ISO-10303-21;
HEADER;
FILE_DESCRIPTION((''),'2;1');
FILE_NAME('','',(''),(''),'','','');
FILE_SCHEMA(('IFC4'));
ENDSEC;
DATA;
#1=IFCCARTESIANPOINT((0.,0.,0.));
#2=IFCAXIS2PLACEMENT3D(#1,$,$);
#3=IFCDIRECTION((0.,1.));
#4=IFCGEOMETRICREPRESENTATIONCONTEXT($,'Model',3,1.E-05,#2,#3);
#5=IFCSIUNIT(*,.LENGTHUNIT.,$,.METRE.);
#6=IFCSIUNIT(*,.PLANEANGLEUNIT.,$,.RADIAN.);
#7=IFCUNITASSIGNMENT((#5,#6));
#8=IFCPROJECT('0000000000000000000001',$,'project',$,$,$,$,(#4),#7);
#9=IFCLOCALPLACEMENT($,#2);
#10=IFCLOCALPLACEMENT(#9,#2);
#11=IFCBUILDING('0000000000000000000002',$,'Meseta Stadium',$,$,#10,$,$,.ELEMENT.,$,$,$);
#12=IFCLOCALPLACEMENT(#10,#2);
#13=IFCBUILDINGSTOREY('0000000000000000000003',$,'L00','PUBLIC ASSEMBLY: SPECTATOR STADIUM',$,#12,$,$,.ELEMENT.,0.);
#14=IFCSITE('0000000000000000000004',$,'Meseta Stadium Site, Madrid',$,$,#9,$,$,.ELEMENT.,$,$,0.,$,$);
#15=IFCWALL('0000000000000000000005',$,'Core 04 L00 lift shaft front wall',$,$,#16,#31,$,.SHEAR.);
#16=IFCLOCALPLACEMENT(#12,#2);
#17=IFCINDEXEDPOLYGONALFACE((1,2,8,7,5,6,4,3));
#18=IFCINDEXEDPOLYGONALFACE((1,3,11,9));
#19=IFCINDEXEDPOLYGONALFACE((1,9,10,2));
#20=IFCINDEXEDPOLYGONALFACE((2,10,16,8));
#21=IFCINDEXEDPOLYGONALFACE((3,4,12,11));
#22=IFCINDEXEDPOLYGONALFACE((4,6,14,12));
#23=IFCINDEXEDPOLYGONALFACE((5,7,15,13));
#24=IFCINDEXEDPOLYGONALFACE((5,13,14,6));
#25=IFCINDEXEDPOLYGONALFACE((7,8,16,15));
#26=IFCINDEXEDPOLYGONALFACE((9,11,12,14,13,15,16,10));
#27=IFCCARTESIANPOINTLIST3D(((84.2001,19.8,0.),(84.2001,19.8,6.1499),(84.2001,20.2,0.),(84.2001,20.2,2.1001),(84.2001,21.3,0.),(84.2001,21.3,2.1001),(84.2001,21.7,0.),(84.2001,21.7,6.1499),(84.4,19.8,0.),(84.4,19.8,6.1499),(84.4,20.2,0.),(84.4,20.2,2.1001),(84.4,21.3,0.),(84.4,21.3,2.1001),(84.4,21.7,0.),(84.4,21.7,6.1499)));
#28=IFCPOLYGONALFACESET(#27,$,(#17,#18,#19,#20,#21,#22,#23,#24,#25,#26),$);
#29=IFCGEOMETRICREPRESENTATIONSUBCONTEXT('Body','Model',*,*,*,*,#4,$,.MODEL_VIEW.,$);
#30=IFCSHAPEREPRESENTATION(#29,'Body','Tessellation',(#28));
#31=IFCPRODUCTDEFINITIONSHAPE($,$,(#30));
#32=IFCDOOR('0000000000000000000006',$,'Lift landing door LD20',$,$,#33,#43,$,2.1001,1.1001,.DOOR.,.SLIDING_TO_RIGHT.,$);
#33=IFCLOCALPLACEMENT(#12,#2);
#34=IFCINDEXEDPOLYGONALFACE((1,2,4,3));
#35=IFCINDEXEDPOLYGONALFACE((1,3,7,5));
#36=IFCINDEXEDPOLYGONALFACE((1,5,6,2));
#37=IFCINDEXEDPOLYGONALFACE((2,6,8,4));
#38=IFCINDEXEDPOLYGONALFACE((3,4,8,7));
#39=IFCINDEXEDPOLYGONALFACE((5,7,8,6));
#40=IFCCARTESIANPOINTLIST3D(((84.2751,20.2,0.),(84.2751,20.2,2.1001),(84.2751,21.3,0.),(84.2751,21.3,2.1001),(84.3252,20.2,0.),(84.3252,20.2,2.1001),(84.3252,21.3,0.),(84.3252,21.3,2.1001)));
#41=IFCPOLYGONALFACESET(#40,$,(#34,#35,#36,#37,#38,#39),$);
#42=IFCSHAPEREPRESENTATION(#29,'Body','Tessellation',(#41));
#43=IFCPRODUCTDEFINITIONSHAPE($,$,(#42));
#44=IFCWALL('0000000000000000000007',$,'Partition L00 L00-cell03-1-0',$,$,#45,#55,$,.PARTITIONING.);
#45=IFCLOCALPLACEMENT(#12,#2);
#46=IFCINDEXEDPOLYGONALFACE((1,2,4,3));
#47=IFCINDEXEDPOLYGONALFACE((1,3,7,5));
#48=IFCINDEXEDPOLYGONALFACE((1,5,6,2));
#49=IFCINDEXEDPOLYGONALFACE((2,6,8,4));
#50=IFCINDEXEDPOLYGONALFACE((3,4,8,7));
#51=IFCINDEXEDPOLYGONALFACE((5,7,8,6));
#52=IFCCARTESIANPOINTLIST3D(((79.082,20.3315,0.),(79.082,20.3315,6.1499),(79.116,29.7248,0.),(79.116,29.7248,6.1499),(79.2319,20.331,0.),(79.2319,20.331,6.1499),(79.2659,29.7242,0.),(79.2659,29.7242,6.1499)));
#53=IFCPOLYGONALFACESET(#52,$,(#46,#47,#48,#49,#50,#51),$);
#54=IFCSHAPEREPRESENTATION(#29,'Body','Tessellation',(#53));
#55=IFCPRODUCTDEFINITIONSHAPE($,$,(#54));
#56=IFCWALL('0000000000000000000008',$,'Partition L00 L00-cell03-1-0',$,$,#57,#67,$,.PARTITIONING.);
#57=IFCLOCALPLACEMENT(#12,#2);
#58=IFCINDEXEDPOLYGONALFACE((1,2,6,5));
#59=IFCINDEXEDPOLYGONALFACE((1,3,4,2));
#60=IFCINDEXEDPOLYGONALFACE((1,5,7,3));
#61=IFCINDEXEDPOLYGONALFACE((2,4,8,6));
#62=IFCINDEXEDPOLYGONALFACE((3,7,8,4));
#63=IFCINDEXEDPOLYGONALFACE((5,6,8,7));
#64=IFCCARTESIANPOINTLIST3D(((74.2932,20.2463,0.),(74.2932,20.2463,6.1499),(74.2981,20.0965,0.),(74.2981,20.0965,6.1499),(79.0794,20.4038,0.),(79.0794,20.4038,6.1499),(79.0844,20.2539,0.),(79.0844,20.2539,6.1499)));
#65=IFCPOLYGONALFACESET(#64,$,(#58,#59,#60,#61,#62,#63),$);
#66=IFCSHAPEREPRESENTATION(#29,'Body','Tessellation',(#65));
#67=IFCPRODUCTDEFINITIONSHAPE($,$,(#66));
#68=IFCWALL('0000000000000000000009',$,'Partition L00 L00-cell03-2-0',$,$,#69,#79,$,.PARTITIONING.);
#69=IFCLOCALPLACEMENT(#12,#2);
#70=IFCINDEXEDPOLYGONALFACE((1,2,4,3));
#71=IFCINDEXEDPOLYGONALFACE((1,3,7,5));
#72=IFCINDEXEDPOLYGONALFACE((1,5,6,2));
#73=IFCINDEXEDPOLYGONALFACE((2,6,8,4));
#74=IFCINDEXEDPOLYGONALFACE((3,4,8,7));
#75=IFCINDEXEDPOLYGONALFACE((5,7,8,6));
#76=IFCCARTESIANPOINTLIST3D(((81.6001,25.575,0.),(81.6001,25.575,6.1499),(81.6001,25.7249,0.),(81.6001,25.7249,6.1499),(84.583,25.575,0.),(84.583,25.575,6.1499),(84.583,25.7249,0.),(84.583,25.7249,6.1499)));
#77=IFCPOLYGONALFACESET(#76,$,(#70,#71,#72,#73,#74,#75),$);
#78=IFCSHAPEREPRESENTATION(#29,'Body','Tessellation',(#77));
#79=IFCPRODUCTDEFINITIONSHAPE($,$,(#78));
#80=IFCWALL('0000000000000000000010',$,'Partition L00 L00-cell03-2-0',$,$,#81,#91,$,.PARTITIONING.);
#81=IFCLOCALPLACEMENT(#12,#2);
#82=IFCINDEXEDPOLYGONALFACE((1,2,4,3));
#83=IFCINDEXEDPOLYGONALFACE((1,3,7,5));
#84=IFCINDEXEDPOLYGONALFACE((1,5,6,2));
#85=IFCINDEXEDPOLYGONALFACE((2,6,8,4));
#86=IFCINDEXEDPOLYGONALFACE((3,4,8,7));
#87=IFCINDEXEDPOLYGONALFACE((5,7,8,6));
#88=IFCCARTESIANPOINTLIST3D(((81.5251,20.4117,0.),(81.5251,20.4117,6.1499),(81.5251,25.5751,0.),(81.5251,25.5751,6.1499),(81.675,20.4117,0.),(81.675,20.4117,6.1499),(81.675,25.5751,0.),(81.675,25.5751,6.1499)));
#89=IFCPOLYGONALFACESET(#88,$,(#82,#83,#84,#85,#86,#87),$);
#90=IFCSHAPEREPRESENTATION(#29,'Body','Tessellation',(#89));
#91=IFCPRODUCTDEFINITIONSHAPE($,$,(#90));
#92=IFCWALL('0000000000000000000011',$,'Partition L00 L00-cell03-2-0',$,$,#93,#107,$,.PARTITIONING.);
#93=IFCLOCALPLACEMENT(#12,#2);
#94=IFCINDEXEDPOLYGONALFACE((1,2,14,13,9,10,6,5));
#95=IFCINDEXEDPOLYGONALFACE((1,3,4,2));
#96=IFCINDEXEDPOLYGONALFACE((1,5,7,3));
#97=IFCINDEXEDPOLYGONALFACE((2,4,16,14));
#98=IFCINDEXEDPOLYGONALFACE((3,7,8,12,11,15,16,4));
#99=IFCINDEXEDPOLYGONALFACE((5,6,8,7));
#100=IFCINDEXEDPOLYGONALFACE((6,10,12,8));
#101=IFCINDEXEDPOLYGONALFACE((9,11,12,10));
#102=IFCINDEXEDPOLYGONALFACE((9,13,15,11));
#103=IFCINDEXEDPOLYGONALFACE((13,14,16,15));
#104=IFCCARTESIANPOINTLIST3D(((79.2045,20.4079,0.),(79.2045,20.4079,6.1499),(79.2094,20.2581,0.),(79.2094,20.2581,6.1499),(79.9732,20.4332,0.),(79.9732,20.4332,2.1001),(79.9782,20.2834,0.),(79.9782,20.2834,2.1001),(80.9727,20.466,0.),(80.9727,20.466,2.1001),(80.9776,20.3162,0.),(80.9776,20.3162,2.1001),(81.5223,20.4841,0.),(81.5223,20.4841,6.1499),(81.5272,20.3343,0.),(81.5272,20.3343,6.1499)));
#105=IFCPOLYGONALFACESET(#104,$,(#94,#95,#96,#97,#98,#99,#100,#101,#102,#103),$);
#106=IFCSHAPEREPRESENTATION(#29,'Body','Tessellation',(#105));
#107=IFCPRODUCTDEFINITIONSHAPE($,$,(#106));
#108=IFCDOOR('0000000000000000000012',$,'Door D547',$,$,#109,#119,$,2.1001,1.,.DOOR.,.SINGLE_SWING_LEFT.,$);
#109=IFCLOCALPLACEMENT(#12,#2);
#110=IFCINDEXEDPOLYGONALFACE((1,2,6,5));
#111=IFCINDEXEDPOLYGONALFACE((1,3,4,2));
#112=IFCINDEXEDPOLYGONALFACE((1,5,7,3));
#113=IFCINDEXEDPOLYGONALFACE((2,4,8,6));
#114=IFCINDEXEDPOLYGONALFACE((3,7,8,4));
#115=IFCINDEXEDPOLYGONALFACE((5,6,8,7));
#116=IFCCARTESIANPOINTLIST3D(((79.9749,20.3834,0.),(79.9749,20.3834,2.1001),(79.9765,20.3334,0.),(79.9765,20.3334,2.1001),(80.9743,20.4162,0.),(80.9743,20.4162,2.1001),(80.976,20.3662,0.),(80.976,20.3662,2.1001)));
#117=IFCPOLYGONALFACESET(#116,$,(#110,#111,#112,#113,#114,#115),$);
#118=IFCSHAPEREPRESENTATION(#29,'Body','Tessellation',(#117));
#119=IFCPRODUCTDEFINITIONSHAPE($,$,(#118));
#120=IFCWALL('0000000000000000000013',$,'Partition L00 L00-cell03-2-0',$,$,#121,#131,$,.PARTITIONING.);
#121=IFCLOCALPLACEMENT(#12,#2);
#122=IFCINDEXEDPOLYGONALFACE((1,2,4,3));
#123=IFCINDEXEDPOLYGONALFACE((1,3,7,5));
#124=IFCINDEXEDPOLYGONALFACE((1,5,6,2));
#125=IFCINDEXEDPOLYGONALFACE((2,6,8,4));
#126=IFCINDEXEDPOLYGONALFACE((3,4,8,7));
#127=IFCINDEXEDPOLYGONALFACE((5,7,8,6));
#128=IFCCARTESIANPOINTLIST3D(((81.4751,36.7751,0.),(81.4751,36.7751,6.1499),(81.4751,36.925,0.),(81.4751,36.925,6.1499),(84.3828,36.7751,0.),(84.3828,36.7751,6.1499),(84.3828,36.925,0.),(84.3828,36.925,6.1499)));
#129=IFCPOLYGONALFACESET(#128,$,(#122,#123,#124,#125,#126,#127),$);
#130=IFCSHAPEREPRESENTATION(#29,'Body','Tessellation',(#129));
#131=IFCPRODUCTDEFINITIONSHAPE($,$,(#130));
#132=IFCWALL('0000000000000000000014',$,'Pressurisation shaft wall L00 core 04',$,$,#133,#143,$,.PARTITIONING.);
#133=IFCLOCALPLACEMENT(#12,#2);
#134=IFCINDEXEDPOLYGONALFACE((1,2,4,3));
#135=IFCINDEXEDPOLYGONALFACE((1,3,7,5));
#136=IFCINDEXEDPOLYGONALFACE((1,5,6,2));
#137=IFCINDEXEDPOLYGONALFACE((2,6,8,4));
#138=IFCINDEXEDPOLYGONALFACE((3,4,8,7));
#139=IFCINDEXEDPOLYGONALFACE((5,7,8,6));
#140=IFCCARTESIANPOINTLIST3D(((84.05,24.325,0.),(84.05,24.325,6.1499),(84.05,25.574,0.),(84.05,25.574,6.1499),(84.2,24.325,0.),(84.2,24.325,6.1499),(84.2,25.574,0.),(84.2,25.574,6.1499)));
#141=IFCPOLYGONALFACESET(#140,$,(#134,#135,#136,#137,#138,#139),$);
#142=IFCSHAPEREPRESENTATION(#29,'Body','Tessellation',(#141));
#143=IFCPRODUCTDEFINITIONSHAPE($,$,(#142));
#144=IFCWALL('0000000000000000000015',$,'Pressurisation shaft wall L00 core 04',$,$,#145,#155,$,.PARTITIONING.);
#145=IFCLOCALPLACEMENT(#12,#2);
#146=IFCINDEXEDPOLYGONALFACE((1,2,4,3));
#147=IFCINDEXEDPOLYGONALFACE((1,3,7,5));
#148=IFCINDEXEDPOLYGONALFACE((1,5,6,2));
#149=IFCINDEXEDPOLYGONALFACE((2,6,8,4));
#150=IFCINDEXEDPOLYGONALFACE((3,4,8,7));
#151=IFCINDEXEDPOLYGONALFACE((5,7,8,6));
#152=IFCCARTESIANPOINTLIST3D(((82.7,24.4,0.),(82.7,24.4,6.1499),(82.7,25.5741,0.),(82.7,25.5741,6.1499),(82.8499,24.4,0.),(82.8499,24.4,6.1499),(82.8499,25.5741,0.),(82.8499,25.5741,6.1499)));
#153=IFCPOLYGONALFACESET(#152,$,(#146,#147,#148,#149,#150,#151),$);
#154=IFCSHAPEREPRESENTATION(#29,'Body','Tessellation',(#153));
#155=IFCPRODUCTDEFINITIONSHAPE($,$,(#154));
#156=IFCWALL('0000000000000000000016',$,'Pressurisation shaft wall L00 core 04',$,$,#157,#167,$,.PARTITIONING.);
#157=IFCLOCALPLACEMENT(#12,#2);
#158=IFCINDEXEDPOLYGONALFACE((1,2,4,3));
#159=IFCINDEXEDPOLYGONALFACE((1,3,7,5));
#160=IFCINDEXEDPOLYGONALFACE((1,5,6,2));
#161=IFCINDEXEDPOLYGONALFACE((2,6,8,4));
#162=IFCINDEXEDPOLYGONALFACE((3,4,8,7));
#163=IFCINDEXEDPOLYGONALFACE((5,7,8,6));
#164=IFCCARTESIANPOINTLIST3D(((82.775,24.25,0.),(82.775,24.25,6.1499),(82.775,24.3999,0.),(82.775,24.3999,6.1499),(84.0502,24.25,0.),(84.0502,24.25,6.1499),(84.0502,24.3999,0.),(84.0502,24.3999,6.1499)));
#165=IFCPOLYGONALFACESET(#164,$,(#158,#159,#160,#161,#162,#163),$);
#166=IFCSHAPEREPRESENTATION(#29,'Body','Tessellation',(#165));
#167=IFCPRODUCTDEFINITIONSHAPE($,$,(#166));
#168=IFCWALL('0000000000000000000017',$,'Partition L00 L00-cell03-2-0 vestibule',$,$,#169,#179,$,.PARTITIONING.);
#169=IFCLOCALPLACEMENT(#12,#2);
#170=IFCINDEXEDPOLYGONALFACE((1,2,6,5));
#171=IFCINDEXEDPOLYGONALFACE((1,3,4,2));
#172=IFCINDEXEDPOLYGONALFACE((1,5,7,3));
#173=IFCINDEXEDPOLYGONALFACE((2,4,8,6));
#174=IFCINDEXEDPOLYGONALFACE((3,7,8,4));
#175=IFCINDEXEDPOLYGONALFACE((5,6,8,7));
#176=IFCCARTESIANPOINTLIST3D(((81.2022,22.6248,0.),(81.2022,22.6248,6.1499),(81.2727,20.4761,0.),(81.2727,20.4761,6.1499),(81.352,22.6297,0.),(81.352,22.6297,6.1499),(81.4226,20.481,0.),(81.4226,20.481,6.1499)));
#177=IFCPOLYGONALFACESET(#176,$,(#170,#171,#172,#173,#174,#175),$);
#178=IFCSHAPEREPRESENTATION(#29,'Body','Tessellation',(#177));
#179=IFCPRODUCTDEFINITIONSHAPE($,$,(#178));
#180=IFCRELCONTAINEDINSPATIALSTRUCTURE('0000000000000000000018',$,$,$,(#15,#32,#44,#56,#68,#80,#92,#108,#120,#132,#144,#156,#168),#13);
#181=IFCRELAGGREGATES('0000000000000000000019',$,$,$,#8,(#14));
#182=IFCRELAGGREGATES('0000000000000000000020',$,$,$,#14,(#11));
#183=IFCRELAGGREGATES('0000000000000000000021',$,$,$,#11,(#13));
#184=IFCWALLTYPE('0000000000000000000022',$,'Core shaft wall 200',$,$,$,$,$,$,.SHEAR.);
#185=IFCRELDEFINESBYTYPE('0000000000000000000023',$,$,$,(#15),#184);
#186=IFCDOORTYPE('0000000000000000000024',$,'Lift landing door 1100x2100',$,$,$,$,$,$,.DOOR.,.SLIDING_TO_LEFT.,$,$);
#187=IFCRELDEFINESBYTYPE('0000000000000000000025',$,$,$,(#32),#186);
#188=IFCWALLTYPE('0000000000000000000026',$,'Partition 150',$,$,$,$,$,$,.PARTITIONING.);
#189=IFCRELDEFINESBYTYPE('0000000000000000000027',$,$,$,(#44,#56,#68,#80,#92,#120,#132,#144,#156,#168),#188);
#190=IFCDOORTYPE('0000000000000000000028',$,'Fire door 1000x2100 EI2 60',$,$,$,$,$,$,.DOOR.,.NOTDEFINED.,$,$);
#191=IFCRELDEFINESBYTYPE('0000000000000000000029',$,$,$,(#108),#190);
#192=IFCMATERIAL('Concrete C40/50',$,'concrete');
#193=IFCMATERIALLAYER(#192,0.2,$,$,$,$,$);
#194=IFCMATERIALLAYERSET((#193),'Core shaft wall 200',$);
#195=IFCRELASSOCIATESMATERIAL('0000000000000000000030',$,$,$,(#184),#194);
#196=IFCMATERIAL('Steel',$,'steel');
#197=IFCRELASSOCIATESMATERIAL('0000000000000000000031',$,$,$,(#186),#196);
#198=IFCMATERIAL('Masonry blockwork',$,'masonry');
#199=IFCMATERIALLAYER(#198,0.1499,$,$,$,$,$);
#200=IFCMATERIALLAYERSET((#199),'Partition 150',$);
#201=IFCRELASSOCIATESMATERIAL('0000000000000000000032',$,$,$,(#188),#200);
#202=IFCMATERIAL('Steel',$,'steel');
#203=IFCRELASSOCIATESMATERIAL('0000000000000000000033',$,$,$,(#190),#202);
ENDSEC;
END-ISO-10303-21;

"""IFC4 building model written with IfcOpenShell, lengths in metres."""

from ifc_helpers import new_model, si_unit, direction, frame, frame_2d, origin, place, context, subcontext, project, spatial, rectangle, extrude, material, layer, layer_set, type_object, element, fill, save


model = new_model("IFC4")

# Units and contexts
model_context = context("Model", 3, precision=1e-05, world=origin(), true_north=direction((0.0, 1.0)))
body_context = subcontext(model_context, "Body", "Model", "MODEL_VIEW")
ifc_project = project(units=[si_unit("LENGTHUNIT", "METRE"), si_unit("PLANEANGLEUNIT", "RADIAN")], contexts=[model_context])

# Site, building, storey
site_placement = place(None, origin())
site = spatial("IfcSite", under=ifc_project, at=site_placement, Name="Meseta Stadium Site, Madrid", CompositionType="ELEMENT", RefElevation=0.0)
building_placement = place(site_placement, origin())
building = spatial("IfcBuilding", under=site, at=building_placement, Name="Meseta Stadium", CompositionType="ELEMENT")
storey_placement = place(building_placement, origin())
storey = spatial("IfcBuildingStorey", under=building, at=storey_placement, Name="L00", Description="PUBLIC ASSEMBLY: SPECTATOR STADIUM", CompositionType="ELEMENT", Elevation=0.0)

# Wall, opening, door
ifc_material_1 = material(Name="Concrete C40/50", Category="concrete")
ifc_layer_1 = layer(ifc_material_1, 0.2)
ifc_layer_set_1 = layer_set([ifc_layer_1], Name="Core shaft wall 200")
wall_type_1 = type_object("IfcWallType", Name="Core shaft wall 200", PredefinedType="SHEAR", material=ifc_layer_set_1)
wall_1_placement = place(storey_placement, frame((84.3, 19.8, 0.0), z_axis=(0.0, 0.0, 1.0), x_axis=(0.0, 1.0, 0.0)))
wall_1 = element("IfcWall", 1, at=wall_1_placement, inside=storey, type_object=wall_type_1, Name="Core 04 L00 lift shaft front wall", PredefinedType="SHEAR", context=body_context, shape_type="SweptSolid", body=[
    extrude(rectangle(XDim=1.8999, YDim=0.2, at=frame_2d((0.95, 0.0))), origin(), (0.0, 0.0, 1.0), 6.1499),
])
opening_1_placement = place(wall_1_placement, frame((0.3999, 0.0, 0.0)))
opening_1 = element("IfcOpeningElement", 2, at=opening_1_placement, cuts=wall_1, PredefinedType="OPENING", context=body_context, shape_type="SweptSolid", body=[
    extrude(rectangle(XDim=1.1001, YDim=2.1001, at=frame_2d((0.55, 1.05))), frame((0.0, 0.1099, 0.0), z_axis=(0.0, -1.0, 0.0), x_axis=(1.0, 0.0, 0.0)), (0.0, 0.0, 1.0), 0.22),
])
ifc_material_2 = material(Name="Steel", Category="steel")
door_type_1 = type_object("IfcDoorType", Name="Lift landing door 1100x2100", OperationType="SLIDING_TO_LEFT", PredefinedType="DOOR", material=ifc_material_2)
door_1_placement = place(opening_1_placement, origin())
door_1 = element("IfcDoor", 3, at=door_1_placement, inside=storey, type_object=door_type_1, Name="Lift landing door LD20", OperationType="SLIDING_TO_RIGHT", OverallHeight=2.1001, OverallWidth=1.1001, PredefinedType="DOOR", context=body_context, shape_type="SweptSolid", body=[
    extrude(rectangle(XDim=1.1001, YDim=2.1001, at=frame_2d((0.55, 1.05))), frame((0.0, 0.0249, 0.0), z_axis=(0.0, -1.0, 0.0), x_axis=(1.0, 0.0, 0.0)), (0.0, 0.0, 1.0), 0.05),
])
fill(opening_1, door_1)

# Walls
ifc_material_3 = material(Name="Masonry blockwork", Category="masonry")
ifc_layer_2 = layer(ifc_material_3, 0.1499)
ifc_layer_set_2 = layer_set([ifc_layer_2], Name="Partition 150")
wall_type_2 = type_object("IfcWallType", Name="Partition 150", PredefinedType="PARTITIONING", material=ifc_layer_set_2)
wall_2_placement = place(storey_placement, frame((79.1909, 29.7246, 0.0), z_axis=(0.0, 0.0, 1.0), x_axis=(-0.003613, -0.999993, 0.0)))
element("IfcWall", 4, at=wall_2_placement, inside=storey, type_object=wall_type_2, Name="Partition L00 L00-cell03-1-0", PredefinedType="PARTITIONING", context=body_context, shape_type="SweptSolid", body=[
    extrude(rectangle(XDim=9.3933, YDim=0.1499, at=frame_2d((4.6968, 0.0))), origin(), (0.0, 0.0, 1.0), 6.1499),
])
wall_3_placement = place(storey_placement, frame((79.082, 20.3289, 0.0), z_axis=(0.0, 0.0, 1.0), x_axis=(-0.999459, -0.032884, 0.0)))
element("IfcWall", 5, at=wall_3_placement, inside=storey, type_object=wall_type_2, Name="Partition L00 L00-cell03-1-0", PredefinedType="PARTITIONING", context=body_context, shape_type="SweptSolid", body=[
    extrude(rectangle(XDim=4.7888, YDim=0.1499, at=frame_2d((2.3945, 0.0))), origin(), (0.0, 0.0, 1.0), 6.1499),
])
wall_4_placement = place(storey_placement, frame((84.583, 25.6499, 0.0), z_axis=(0.0, 0.0, 1.0), x_axis=(-1.0, 0.0, 0.0)))
element("IfcWall", 6, at=wall_4_placement, inside=storey, type_object=wall_type_2, Name="Partition L00 L00-cell03-2-0", PredefinedType="PARTITIONING", context=body_context, shape_type="SweptSolid", body=[
    extrude(rectangle(XDim=2.9829, YDim=0.1499, at=frame_2d((1.4915, 0.0))), origin(), (0.0, 0.0, 1.0), 6.1499),
])
wall_5_placement = place(storey_placement, frame((81.6001, 25.575, 0.0), z_axis=(0.0, 0.0, 1.0), x_axis=(0.0, -1.0, 0.0)))
element("IfcWall", 7, at=wall_5_placement, inside=storey, type_object=wall_type_2, Name="Partition L00 L00-cell03-2-0", PredefinedType="PARTITIONING", context=body_context, shape_type="SweptSolid", body=[
    extrude(rectangle(XDim=5.1633, YDim=0.1499, at=frame_2d((2.5815, 0.0))), origin(), (0.0, 0.0, 1.0), 6.1499),
])

# Wall, opening, door
wall_6_placement = place(storey_placement, frame((81.5249, 20.4092, 0.0), z_axis=(0.0, 0.0, 1.0), x_axis=(-0.99946, -0.032845, 0.0)))
wall_6 = element("IfcWall", 8, at=wall_6_placement, inside=storey, type_object=wall_type_2, Name="Partition L00 L00-cell03-2-0", PredefinedType="PARTITIONING", context=body_context, shape_type="SweptSolid", body=[
    extrude(rectangle(XDim=2.3191, YDim=0.1499, at=frame_2d((1.1597, 0.0))), origin(), (0.0, 0.0, 1.0), 6.1499),
])
opening_2_placement = place(wall_6_placement, frame((0.55, 0.0, 0.0)))
opening_2 = element("IfcOpeningElement", 9, at=opening_2_placement, cuts=wall_6, PredefinedType="OPENING", context=body_context, shape_type="SweptSolid", body=[
    extrude(rectangle(XDim=1.0, YDim=2.1001, at=frame_2d((0.5, 1.05))), frame((0.0, 0.085, 0.0), z_axis=(0.0, -1.0, 0.0), x_axis=(1.0, 0.0, 0.0)), (0.0, 0.0, 1.0), 0.1699),
])
ifc_material_4 = material(Name="Steel", Category="steel")
door_type_2 = type_object("IfcDoorType", Name="Fire door 1000x2100 EI2 60", OperationType="NOTDEFINED", PredefinedType="DOOR", material=ifc_material_4)
door_2_placement = place(opening_2_placement, origin())
door_2 = element("IfcDoor", 10, at=door_2_placement, inside=storey, type_object=door_type_2, Name="Door D547", OperationType="SINGLE_SWING_LEFT", OverallHeight=2.1001, OverallWidth=1.0, PredefinedType="DOOR", context=body_context, shape_type="SweptSolid", body=[
    extrude(rectangle(XDim=1.0, YDim=2.1001, at=frame_2d((0.5, 1.05))), frame((0.0, 0.0249, 0.0), z_axis=(0.0, -1.0, 0.0), x_axis=(1.0, 0.0, 0.0)), (0.0, 0.0, 1.0), 0.05),
])
fill(opening_2, door_2)

# Walls
wall_7_placement = place(storey_placement, frame((81.4751, 36.8501, 0.0), z_axis=(0.0, 0.0, 1.0), x_axis=(1.0, 0.0, 0.0)))
element("IfcWall", 11, at=wall_7_placement, inside=storey, type_object=wall_type_2, Name="Partition L00 L00-cell03-2-0", PredefinedType="PARTITIONING", context=body_context, shape_type="SweptSolid", body=[
    extrude(rectangle(XDim=2.9077, YDim=0.1499, at=frame_2d((1.4539, 0.0))), origin(), (0.0, 0.0, 1.0), 6.1499),
])
wall_8_placement = place(storey_placement, frame((84.125, 24.325, 0.0), z_axis=(0.0, 0.0, 1.0), x_axis=(0.0, 1.0, 0.0)))
element("IfcWall", 12, at=wall_8_placement, inside=storey, type_object=wall_type_2, Name="Pressurisation shaft wall L00 core 04", PredefinedType="PARTITIONING", context=body_context, shape_type="SweptSolid", body=[
    extrude(rectangle(XDim=1.249, YDim=0.1499, at=frame_2d((0.6245, 0.0))), origin(), (0.0, 0.0, 1.0), 6.1499),
])
wall_9_placement = place(storey_placement, frame((82.7749, 25.574, 0.0), z_axis=(0.0, 0.0, 1.0), x_axis=(0.0, -1.0, 0.0)))
element("IfcWall", 13, at=wall_9_placement, inside=storey, type_object=wall_type_2, Name="Pressurisation shaft wall L00 core 04", PredefinedType="PARTITIONING", context=body_context, shape_type="SweptSolid", body=[
    extrude(rectangle(XDim=1.1741, YDim=0.1499, at=frame_2d((0.5869, 0.0))), origin(), (0.0, 0.0, 1.0), 6.1499),
])
wall_10_placement = place(storey_placement, frame((82.7749, 24.325, 0.0), z_axis=(0.0, 0.0, 1.0), x_axis=(1.0, 0.0, 0.0)))
element("IfcWall", 14, at=wall_10_placement, inside=storey, type_object=wall_type_2, Name="Pressurisation shaft wall L00 core 04", PredefinedType="PARTITIONING", context=body_context, shape_type="SweptSolid", body=[
    extrude(rectangle(XDim=1.2751, YDim=0.1499, at=frame_2d((0.6377, 0.0))), origin(), (0.0, 0.0, 1.0), 6.1499),
])
wall_11_placement = place(storey_placement, frame((81.3477, 20.4785, 0.0), z_axis=(0.0, 0.0, 1.0), x_axis=(-0.032819, 0.999461, 0.0)))
element("IfcWall", 15, at=wall_11_placement, inside=storey, type_object=wall_type_2, Name="Partition L00 L00-cell03-2-0 vestibule", PredefinedType="PARTITIONING", context=body_context, shape_type="SweptSolid", body=[
    extrude(rectangle(XDim=2.1499, YDim=0.1499, at=frame_2d((1.075, 0.0))), origin(), (0.0, 0.0, 1.0), 6.1499),
])

save(model, "model.ifc")
